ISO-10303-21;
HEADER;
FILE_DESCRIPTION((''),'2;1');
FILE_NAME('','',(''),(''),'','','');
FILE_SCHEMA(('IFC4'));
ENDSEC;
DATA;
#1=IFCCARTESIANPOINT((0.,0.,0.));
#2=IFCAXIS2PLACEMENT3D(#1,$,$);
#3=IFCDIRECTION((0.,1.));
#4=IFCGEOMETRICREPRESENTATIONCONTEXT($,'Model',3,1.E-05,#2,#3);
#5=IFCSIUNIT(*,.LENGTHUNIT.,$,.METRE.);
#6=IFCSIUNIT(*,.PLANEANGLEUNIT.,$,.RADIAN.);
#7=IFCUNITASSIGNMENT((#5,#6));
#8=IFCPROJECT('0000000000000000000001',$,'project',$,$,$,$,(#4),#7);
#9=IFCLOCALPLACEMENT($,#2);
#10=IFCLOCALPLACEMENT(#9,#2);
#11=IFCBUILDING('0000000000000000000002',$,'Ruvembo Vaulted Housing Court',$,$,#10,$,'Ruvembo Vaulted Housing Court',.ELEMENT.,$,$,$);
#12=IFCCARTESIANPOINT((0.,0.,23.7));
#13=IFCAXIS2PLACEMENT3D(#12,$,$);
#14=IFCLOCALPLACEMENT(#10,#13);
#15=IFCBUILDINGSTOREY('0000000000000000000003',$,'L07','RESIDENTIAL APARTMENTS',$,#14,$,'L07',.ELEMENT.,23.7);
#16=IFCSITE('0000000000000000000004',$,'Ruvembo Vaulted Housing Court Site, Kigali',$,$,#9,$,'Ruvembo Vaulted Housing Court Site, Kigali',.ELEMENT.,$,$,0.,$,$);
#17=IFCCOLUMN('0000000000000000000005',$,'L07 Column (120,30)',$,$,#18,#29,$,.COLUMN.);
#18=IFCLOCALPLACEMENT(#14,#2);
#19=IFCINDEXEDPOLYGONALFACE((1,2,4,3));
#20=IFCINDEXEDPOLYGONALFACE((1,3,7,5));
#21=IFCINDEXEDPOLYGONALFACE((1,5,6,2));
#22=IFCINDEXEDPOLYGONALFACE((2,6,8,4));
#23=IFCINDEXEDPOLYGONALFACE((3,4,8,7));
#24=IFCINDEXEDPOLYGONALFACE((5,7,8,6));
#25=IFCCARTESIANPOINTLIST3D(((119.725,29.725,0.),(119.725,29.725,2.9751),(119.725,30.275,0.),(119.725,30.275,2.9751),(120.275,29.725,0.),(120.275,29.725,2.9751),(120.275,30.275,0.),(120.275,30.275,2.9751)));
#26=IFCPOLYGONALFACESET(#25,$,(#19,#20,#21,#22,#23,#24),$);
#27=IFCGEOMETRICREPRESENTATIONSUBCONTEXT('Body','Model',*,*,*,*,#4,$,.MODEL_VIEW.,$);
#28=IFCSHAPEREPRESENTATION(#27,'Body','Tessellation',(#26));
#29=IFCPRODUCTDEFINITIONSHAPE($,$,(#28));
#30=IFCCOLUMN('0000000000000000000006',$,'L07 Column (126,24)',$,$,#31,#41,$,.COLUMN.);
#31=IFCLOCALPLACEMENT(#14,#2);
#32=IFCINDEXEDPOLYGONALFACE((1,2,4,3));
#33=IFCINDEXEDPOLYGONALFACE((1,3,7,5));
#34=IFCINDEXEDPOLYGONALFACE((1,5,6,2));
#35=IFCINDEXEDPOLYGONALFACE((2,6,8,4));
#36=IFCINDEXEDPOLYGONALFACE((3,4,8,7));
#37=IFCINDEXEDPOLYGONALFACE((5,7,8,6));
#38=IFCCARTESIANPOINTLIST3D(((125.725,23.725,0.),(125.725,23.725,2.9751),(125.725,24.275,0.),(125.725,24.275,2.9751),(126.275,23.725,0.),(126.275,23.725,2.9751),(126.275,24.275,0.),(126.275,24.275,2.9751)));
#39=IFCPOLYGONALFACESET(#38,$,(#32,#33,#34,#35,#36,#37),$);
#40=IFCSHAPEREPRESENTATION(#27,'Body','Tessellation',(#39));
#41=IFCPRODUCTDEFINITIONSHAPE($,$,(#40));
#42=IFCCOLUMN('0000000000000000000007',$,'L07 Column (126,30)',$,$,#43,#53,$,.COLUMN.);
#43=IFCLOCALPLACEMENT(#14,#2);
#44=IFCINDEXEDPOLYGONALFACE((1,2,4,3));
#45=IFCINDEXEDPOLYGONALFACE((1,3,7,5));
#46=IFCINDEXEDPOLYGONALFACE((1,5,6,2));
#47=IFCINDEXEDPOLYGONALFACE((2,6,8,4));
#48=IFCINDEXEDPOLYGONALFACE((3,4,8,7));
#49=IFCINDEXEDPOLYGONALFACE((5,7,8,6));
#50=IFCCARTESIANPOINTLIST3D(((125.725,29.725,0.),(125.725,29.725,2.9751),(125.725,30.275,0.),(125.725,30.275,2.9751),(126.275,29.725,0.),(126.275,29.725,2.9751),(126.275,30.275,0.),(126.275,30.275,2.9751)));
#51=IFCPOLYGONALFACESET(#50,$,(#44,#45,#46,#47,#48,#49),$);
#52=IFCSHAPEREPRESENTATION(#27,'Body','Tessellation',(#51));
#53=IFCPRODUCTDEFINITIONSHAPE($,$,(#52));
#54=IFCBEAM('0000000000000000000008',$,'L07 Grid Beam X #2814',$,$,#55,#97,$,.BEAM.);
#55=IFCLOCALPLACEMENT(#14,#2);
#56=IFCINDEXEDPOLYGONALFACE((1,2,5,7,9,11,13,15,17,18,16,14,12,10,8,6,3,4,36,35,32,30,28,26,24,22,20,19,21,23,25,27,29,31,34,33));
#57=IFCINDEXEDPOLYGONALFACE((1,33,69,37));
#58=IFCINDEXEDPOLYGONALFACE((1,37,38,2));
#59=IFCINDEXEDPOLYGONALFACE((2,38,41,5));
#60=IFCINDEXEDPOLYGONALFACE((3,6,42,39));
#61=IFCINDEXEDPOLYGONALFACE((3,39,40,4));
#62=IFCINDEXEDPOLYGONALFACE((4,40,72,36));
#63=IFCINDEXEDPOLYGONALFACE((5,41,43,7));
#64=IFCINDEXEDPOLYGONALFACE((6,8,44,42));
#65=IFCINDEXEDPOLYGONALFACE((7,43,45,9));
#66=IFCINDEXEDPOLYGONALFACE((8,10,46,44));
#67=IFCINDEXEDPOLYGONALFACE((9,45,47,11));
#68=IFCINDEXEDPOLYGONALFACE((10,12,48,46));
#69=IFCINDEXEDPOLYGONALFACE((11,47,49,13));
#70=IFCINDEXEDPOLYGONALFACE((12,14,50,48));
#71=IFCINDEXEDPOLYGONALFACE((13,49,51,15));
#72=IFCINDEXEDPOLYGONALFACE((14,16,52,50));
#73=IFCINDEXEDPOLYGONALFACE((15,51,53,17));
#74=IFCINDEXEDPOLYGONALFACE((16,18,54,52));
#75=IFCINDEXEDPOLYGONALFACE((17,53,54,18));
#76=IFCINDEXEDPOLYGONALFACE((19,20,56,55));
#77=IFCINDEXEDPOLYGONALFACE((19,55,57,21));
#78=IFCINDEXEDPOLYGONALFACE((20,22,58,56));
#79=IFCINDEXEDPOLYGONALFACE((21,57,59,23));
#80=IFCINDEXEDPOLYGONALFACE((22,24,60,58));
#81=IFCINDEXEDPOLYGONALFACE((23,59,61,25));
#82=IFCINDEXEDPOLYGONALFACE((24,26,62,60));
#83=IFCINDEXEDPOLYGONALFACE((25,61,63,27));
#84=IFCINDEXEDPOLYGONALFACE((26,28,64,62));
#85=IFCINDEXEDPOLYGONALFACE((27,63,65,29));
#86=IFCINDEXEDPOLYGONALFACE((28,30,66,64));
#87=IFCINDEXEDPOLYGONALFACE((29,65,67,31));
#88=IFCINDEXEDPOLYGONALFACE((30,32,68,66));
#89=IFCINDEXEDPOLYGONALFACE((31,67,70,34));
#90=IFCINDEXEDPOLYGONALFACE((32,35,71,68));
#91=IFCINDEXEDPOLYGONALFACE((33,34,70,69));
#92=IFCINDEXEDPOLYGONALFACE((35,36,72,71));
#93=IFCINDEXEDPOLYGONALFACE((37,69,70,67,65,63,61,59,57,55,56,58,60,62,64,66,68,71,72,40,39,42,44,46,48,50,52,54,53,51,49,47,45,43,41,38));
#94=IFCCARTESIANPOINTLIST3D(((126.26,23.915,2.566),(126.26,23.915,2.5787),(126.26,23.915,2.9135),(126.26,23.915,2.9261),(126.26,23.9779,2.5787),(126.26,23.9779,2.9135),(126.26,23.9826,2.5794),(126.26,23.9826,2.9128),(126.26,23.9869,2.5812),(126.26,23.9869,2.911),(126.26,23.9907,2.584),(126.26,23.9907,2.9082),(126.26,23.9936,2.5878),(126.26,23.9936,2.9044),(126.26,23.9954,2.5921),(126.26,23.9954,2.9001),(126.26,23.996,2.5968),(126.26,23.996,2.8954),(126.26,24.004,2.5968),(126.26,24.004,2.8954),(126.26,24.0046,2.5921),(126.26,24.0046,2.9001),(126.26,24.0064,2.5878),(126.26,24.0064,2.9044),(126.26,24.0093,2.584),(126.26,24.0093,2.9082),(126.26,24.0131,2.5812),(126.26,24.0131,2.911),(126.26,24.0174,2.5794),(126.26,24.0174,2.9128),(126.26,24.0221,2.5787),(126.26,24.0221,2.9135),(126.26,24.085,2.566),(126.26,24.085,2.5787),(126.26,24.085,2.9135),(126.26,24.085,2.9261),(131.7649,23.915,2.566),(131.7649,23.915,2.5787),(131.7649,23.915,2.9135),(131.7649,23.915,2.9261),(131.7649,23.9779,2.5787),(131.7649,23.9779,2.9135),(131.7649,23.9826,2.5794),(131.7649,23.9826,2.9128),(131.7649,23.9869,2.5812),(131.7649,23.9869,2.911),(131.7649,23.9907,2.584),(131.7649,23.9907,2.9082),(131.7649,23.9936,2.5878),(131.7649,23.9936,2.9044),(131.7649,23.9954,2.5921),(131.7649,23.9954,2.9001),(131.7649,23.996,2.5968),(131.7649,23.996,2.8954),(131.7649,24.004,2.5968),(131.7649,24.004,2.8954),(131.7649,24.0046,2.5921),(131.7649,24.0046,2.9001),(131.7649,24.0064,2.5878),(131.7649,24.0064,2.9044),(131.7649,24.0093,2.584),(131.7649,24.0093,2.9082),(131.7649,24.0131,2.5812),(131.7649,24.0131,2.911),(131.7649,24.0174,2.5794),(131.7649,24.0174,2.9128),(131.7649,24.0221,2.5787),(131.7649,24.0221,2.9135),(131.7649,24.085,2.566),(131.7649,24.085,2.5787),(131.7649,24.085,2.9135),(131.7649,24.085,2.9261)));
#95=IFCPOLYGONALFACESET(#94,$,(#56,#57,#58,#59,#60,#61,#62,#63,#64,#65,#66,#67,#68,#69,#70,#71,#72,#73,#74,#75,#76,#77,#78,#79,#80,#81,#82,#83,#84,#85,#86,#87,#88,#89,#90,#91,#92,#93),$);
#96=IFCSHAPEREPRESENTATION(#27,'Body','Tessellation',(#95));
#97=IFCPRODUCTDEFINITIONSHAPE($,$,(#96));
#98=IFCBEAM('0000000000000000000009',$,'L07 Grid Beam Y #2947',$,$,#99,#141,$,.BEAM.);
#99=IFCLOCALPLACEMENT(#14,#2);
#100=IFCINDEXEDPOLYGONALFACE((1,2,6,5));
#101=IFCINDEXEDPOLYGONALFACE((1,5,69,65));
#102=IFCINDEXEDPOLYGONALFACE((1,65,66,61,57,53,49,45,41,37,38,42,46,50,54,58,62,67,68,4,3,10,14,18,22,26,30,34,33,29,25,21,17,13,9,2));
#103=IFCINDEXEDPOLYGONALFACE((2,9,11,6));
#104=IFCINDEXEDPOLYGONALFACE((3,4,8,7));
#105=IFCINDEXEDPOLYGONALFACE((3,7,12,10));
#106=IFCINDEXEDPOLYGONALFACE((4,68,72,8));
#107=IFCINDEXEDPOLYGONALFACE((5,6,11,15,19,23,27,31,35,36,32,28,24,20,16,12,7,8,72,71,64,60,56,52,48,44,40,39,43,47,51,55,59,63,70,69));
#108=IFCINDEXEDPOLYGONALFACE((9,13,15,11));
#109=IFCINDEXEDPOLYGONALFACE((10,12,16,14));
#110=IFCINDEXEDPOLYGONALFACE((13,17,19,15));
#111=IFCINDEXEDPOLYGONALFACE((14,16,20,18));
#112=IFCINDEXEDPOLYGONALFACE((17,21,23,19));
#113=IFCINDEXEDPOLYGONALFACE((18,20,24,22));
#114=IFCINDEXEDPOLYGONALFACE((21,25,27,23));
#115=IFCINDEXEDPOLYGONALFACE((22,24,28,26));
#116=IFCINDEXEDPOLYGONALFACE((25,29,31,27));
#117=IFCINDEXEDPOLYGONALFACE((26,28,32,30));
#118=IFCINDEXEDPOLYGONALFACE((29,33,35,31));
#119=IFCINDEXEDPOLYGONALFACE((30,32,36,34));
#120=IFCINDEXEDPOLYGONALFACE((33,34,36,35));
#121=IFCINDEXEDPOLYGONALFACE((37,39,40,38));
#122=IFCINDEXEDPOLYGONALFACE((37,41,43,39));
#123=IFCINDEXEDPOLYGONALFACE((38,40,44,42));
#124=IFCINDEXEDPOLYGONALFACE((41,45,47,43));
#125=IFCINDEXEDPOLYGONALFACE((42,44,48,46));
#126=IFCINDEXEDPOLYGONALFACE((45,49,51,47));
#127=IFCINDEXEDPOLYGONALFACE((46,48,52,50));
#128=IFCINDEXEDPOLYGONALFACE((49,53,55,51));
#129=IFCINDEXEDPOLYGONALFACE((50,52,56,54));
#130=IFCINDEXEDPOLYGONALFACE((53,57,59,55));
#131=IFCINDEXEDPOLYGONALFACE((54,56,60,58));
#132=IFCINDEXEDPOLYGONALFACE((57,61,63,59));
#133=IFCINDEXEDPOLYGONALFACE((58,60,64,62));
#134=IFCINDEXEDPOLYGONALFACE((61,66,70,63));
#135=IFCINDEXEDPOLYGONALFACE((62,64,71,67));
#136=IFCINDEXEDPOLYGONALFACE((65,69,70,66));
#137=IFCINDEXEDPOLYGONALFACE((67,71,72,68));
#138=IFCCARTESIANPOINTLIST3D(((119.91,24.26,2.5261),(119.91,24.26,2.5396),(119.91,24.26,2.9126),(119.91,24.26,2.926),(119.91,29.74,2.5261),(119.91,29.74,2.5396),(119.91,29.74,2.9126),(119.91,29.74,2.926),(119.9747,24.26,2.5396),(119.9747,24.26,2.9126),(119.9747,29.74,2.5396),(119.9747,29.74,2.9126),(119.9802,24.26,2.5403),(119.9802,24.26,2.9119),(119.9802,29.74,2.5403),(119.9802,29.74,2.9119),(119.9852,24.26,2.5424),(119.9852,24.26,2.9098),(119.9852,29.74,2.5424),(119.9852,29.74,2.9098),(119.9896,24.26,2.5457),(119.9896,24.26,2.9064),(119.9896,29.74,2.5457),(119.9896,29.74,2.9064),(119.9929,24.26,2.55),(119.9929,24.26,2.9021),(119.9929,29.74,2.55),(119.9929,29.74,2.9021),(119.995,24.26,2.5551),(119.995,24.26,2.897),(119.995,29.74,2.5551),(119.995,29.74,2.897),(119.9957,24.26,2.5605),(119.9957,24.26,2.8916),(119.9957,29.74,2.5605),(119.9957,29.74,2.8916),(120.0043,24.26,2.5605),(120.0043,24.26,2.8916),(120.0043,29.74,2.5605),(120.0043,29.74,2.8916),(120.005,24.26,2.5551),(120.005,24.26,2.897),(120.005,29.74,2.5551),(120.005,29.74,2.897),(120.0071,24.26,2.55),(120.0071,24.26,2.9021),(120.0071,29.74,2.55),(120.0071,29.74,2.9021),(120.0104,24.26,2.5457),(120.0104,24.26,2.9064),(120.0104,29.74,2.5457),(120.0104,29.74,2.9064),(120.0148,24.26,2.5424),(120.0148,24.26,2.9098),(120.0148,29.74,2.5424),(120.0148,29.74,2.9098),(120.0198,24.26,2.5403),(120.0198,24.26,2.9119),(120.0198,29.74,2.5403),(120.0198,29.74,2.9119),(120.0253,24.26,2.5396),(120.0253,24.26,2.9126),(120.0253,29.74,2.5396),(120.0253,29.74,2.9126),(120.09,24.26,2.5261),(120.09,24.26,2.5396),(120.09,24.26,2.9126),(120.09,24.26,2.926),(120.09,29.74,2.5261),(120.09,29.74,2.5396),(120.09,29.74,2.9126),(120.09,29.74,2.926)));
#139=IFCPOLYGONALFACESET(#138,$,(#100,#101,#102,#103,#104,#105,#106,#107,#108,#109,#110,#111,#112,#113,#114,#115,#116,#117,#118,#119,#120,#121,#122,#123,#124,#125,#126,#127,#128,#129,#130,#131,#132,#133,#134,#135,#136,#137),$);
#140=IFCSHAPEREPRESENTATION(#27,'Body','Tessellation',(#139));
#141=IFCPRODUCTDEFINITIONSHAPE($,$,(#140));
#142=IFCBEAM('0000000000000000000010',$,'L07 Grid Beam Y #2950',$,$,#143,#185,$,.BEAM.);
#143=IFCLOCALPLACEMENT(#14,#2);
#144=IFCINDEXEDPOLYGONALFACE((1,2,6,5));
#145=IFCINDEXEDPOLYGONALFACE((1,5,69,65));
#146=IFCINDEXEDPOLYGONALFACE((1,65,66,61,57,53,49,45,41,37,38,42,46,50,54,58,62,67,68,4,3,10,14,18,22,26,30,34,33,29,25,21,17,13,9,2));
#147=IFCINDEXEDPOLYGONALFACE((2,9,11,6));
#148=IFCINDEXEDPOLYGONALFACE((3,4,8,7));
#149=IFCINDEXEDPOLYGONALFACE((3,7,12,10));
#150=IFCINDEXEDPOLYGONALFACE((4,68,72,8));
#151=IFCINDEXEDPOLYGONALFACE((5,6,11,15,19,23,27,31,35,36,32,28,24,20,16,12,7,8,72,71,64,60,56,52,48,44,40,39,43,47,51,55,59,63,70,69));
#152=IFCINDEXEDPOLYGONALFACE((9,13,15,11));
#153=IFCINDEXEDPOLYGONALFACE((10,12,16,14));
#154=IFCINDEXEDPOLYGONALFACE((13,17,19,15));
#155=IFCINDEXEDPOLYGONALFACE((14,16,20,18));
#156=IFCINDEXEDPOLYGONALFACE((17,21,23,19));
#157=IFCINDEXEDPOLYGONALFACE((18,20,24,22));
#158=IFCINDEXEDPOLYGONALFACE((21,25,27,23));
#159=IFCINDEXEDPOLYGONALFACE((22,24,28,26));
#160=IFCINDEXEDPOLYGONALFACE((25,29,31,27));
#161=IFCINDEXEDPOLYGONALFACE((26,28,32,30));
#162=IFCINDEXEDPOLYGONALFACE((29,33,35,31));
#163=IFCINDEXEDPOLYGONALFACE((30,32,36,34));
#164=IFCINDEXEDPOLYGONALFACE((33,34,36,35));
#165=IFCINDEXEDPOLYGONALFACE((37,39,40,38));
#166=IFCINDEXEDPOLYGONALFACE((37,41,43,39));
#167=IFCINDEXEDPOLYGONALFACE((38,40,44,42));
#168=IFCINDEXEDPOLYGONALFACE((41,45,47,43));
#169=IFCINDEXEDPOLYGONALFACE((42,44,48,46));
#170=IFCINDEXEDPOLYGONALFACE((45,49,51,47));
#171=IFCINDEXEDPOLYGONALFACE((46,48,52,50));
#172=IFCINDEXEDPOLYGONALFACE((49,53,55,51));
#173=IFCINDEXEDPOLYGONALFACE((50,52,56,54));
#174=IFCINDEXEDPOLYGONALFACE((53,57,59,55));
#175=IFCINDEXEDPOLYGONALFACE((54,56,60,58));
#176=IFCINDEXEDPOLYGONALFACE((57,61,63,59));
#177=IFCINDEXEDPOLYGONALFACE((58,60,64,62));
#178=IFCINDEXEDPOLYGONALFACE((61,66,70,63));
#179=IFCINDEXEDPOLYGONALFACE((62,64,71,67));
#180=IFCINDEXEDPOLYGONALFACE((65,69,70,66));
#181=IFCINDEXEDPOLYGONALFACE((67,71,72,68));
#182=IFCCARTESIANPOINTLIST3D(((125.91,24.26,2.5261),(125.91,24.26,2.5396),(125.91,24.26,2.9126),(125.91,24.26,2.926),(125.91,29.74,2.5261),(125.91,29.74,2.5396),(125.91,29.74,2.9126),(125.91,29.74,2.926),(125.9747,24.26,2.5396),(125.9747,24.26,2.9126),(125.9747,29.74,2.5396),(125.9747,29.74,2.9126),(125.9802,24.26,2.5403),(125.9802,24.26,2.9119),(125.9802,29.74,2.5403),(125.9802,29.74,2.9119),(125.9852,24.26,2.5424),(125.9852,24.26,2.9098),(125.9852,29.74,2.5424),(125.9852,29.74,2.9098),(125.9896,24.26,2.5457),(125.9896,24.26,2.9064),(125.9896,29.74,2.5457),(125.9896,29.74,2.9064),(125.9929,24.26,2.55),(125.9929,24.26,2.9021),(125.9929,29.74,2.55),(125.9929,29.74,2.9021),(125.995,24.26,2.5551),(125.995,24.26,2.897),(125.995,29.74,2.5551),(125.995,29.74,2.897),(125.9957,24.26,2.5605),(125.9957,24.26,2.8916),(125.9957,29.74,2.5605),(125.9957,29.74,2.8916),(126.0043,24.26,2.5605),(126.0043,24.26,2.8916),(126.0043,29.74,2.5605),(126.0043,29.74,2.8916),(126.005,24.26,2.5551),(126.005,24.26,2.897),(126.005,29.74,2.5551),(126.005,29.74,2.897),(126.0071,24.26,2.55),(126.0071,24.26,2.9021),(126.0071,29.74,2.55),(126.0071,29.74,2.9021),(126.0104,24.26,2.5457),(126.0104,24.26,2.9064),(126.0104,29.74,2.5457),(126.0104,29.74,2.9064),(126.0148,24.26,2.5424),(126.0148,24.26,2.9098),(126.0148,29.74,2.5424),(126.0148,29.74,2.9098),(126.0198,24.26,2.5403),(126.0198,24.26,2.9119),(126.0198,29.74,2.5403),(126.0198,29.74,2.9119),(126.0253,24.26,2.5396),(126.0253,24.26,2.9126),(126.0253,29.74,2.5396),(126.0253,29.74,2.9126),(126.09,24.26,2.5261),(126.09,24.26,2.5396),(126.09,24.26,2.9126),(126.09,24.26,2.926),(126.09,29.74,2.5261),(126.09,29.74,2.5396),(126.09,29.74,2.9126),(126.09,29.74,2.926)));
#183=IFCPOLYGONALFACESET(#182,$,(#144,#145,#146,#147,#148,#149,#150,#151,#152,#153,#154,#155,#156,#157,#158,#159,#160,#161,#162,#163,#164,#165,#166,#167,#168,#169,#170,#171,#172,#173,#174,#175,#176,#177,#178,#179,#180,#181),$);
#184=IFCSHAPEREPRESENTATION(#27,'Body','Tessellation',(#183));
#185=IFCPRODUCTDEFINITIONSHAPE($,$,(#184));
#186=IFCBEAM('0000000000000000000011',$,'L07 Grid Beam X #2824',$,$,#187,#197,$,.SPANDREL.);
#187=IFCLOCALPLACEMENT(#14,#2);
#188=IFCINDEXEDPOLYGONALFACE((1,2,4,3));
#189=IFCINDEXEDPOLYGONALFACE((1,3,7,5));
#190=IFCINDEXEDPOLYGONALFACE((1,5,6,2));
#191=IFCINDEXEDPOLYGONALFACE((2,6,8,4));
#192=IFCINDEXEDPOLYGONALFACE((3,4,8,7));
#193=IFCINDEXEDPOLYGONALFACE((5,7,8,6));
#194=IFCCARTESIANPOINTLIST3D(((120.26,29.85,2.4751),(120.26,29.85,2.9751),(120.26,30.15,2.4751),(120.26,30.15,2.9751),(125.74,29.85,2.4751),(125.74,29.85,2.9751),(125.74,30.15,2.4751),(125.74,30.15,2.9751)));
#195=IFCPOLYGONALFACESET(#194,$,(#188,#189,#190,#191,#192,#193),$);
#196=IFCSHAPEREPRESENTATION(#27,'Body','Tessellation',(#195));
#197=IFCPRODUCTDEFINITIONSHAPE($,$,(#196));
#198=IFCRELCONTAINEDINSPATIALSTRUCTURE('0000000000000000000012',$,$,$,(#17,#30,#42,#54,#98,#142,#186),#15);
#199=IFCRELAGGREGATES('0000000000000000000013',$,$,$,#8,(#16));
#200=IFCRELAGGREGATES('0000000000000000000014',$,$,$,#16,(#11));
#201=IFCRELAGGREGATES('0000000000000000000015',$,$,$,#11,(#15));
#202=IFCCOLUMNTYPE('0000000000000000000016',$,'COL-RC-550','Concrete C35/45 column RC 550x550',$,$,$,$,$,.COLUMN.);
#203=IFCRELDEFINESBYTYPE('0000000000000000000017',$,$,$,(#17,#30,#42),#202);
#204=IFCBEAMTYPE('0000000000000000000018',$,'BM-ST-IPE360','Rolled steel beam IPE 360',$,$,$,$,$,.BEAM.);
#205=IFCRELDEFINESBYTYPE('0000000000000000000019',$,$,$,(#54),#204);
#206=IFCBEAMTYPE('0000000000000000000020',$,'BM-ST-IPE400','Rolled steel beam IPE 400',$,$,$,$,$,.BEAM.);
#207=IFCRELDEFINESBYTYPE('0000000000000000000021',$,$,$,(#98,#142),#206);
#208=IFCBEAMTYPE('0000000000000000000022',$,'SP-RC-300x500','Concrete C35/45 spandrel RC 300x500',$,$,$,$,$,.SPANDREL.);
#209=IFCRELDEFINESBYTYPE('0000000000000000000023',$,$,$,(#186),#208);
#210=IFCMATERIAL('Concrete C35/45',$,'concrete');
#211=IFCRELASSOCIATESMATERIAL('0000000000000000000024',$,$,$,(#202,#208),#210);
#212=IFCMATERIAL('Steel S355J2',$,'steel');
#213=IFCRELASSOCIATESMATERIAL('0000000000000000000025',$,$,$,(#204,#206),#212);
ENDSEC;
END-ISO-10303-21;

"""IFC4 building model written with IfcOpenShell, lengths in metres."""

from ifc_helpers import new_model, si_unit, direction, frame, origin, origin_2d, place, context, subcontext, project, spatial, rectangle, i_section, extrude, material, material_profile, profile_set, type_object, element, save


model = new_model("IFC4")

# Units and contexts
model_context = context("Model", 3, precision=1e-05, world=origin(), true_north=direction((0.0, 1.0)))
body_context = subcontext(model_context, "Body", "Model", "MODEL_VIEW")
ifc_project = project(units=[si_unit("LENGTHUNIT", "METRE"), si_unit("PLANEANGLEUNIT", "RADIAN")], contexts=[model_context])

# Site, building, storey
site_placement = place(None, origin())
site = spatial("IfcSite", under=ifc_project, at=site_placement, Name="Ruvembo Vaulted Housing Court Site, Kigali", LongName="Ruvembo Vaulted Housing Court Site, Kigali", CompositionType="ELEMENT", RefElevation=0.0)
building_placement = place(site_placement, origin())
building = spatial("IfcBuilding", under=site, at=building_placement, Name="Ruvembo Vaulted Housing Court", LongName="Ruvembo Vaulted Housing Court", CompositionType="ELEMENT")
storey_placement = place(building_placement, frame((0.0, 0.0, 23.7)))
storey = spatial("IfcBuildingStorey", under=building, at=storey_placement, Name="L07", Description="RESIDENTIAL APARTMENTS", LongName="L07", CompositionType="ELEMENT", Elevation=23.7)

# Columns
ifc_material_1 = material(Name="Concrete C35/45", Category="concrete")
ifc_material_profile_1 = material_profile(ifc_material_1, rectangle(XDim=0.55, YDim=0.55, at=origin_2d()), Name="RC 550x550")
ifc_profile_set_1 = profile_set([ifc_material_profile_1], Name="Concrete C35/45")
column_type = type_object("IfcColumnType", Name="COL-RC-550", Description="Concrete C35/45 column RC 550x550", PredefinedType="COLUMN", material=ifc_profile_set_1)
for number, where, z_axis, x_axis, name in (
    (1, (120.0, 30.0, 0.0), (0.0, 0.0, 1.0), (1.0, 0.0, 0.0), "L07 Column (120,30)"),
    (2, (126.0, 24.0, 0.0), (0.0, 0.0, 1.0), (1.0, 0.0, 0.0), "L07 Column (126,24)"),
    (3, (126.0, 30.0, 0.0), (0.0, 0.0, 1.0), (1.0, 0.0, 0.0), "L07 Column (126,30)"),
):
    element("IfcColumn", number, at=place(storey_placement, frame(where, z_axis=z_axis, x_axis=x_axis)), inside=storey, type_object=column_type, Name=name, PredefinedType="COLUMN", context=body_context, shape_type="SweptSolid", body=[
        extrude(rectangle(XDim=0.55, YDim=0.55, at=origin_2d()), origin(), (0.0, 0.0, 1.0), 2.9751),
    ])

# Beams
ifc_material_2 = material(Name="Steel S355J2", Category="steel")
ifc_material_profile_2 = material_profile(ifc_material_2, i_section(OverallWidth=0.1699, OverallDepth=0.3601, WebThickness=0.0081, FlangeThickness=0.0127, FilletRadius=0.0181, at=origin_2d()), Name="IPE 360")
ifc_profile_set_2 = profile_set([ifc_material_profile_2], Name="Steel S355J2")
beam_type_1 = type_object("IfcBeamType", Name="BM-ST-IPE360", Description="Rolled steel beam IPE 360", PredefinedType="BEAM", material=ifc_profile_set_2)
beam_1_placement = place(storey_placement, frame((126.26, 24.0, 2.7461), z_axis=(1.0, 0.0, 0.0), x_axis=(0.0, 1.0, 0.0)))
element("IfcBeam", 4, at=beam_1_placement, inside=storey, type_object=beam_type_1, Name="L07 Grid Beam X #2814", PredefinedType="BEAM", context=body_context, shape_type="SweptSolid", body=[
    extrude(i_section(OverallWidth=0.1699, OverallDepth=0.3601, WebThickness=0.0081, FlangeThickness=0.0127, FilletRadius=0.0181, at=origin_2d()), origin(), (0.0, 0.0, 1.0), 5.5049),
])
ifc_material_profile_3 = material_profile(ifc_material_2, i_section(OverallWidth=0.1799, OverallDepth=0.3999, WebThickness=0.0085, FlangeThickness=0.0134, FilletRadius=0.021, at=origin_2d()), Name="IPE 400")
ifc_profile_set_3 = profile_set([ifc_material_profile_3], Name="Steel S355J2")
beam_type_2 = type_object("IfcBeamType", Name="BM-ST-IPE400", Description="Rolled steel beam IPE 400", PredefinedType="BEAM", material=ifc_profile_set_3)
for number, where, z_axis, x_axis, name in (
    (5, (120.0, 24.26, 2.7261), (0.0, 1.0, 0.0), (-1.0, 0.0, 0.0), "L07 Grid Beam Y #2947"),
    (6, (126.0, 24.26, 2.7261), (0.0, 1.0, 0.0), (-1.0, 0.0, 0.0), "L07 Grid Beam Y #2950"),
):
    element("IfcBeam", number, at=place(storey_placement, frame(where, z_axis=z_axis, x_axis=x_axis)), inside=storey, type_object=beam_type_2, Name=name, PredefinedType="BEAM", context=body_context, shape_type="SweptSolid", body=[
        extrude(i_section(OverallWidth=0.1799, OverallDepth=0.3999, WebThickness=0.0085, FlangeThickness=0.0134, FilletRadius=0.021, at=origin_2d()), origin(), (0.0, 0.0, 1.0), 5.48),
    ])
ifc_material_profile_4 = material_profile(ifc_material_1, rectangle(XDim=0.3, YDim=0.5, at=origin_2d()), Name="RC 300x500")
ifc_profile_set_4 = profile_set([ifc_material_profile_4], Name="Concrete C35/45")
beam_type_3 = type_object("IfcBeamType", Name="SP-RC-300x500", Description="Concrete C35/45 spandrel RC 300x500", PredefinedType="SPANDREL", material=ifc_profile_set_4)
beam_2_placement = place(storey_placement, frame((120.26, 30.0, 2.7251), z_axis=(1.0, 0.0, 0.0), x_axis=(0.0, 1.0, 0.0)))
element("IfcBeam", 7, at=beam_2_placement, inside=storey, type_object=beam_type_3, Name="L07 Grid Beam X #2824", PredefinedType="SPANDREL", context=body_context, shape_type="SweptSolid", body=[
    extrude(rectangle(XDim=0.3, YDim=0.5, at=origin_2d()), origin(), (0.0, 0.0, 1.0), 5.48),
])

save(model, "model.ifc")
